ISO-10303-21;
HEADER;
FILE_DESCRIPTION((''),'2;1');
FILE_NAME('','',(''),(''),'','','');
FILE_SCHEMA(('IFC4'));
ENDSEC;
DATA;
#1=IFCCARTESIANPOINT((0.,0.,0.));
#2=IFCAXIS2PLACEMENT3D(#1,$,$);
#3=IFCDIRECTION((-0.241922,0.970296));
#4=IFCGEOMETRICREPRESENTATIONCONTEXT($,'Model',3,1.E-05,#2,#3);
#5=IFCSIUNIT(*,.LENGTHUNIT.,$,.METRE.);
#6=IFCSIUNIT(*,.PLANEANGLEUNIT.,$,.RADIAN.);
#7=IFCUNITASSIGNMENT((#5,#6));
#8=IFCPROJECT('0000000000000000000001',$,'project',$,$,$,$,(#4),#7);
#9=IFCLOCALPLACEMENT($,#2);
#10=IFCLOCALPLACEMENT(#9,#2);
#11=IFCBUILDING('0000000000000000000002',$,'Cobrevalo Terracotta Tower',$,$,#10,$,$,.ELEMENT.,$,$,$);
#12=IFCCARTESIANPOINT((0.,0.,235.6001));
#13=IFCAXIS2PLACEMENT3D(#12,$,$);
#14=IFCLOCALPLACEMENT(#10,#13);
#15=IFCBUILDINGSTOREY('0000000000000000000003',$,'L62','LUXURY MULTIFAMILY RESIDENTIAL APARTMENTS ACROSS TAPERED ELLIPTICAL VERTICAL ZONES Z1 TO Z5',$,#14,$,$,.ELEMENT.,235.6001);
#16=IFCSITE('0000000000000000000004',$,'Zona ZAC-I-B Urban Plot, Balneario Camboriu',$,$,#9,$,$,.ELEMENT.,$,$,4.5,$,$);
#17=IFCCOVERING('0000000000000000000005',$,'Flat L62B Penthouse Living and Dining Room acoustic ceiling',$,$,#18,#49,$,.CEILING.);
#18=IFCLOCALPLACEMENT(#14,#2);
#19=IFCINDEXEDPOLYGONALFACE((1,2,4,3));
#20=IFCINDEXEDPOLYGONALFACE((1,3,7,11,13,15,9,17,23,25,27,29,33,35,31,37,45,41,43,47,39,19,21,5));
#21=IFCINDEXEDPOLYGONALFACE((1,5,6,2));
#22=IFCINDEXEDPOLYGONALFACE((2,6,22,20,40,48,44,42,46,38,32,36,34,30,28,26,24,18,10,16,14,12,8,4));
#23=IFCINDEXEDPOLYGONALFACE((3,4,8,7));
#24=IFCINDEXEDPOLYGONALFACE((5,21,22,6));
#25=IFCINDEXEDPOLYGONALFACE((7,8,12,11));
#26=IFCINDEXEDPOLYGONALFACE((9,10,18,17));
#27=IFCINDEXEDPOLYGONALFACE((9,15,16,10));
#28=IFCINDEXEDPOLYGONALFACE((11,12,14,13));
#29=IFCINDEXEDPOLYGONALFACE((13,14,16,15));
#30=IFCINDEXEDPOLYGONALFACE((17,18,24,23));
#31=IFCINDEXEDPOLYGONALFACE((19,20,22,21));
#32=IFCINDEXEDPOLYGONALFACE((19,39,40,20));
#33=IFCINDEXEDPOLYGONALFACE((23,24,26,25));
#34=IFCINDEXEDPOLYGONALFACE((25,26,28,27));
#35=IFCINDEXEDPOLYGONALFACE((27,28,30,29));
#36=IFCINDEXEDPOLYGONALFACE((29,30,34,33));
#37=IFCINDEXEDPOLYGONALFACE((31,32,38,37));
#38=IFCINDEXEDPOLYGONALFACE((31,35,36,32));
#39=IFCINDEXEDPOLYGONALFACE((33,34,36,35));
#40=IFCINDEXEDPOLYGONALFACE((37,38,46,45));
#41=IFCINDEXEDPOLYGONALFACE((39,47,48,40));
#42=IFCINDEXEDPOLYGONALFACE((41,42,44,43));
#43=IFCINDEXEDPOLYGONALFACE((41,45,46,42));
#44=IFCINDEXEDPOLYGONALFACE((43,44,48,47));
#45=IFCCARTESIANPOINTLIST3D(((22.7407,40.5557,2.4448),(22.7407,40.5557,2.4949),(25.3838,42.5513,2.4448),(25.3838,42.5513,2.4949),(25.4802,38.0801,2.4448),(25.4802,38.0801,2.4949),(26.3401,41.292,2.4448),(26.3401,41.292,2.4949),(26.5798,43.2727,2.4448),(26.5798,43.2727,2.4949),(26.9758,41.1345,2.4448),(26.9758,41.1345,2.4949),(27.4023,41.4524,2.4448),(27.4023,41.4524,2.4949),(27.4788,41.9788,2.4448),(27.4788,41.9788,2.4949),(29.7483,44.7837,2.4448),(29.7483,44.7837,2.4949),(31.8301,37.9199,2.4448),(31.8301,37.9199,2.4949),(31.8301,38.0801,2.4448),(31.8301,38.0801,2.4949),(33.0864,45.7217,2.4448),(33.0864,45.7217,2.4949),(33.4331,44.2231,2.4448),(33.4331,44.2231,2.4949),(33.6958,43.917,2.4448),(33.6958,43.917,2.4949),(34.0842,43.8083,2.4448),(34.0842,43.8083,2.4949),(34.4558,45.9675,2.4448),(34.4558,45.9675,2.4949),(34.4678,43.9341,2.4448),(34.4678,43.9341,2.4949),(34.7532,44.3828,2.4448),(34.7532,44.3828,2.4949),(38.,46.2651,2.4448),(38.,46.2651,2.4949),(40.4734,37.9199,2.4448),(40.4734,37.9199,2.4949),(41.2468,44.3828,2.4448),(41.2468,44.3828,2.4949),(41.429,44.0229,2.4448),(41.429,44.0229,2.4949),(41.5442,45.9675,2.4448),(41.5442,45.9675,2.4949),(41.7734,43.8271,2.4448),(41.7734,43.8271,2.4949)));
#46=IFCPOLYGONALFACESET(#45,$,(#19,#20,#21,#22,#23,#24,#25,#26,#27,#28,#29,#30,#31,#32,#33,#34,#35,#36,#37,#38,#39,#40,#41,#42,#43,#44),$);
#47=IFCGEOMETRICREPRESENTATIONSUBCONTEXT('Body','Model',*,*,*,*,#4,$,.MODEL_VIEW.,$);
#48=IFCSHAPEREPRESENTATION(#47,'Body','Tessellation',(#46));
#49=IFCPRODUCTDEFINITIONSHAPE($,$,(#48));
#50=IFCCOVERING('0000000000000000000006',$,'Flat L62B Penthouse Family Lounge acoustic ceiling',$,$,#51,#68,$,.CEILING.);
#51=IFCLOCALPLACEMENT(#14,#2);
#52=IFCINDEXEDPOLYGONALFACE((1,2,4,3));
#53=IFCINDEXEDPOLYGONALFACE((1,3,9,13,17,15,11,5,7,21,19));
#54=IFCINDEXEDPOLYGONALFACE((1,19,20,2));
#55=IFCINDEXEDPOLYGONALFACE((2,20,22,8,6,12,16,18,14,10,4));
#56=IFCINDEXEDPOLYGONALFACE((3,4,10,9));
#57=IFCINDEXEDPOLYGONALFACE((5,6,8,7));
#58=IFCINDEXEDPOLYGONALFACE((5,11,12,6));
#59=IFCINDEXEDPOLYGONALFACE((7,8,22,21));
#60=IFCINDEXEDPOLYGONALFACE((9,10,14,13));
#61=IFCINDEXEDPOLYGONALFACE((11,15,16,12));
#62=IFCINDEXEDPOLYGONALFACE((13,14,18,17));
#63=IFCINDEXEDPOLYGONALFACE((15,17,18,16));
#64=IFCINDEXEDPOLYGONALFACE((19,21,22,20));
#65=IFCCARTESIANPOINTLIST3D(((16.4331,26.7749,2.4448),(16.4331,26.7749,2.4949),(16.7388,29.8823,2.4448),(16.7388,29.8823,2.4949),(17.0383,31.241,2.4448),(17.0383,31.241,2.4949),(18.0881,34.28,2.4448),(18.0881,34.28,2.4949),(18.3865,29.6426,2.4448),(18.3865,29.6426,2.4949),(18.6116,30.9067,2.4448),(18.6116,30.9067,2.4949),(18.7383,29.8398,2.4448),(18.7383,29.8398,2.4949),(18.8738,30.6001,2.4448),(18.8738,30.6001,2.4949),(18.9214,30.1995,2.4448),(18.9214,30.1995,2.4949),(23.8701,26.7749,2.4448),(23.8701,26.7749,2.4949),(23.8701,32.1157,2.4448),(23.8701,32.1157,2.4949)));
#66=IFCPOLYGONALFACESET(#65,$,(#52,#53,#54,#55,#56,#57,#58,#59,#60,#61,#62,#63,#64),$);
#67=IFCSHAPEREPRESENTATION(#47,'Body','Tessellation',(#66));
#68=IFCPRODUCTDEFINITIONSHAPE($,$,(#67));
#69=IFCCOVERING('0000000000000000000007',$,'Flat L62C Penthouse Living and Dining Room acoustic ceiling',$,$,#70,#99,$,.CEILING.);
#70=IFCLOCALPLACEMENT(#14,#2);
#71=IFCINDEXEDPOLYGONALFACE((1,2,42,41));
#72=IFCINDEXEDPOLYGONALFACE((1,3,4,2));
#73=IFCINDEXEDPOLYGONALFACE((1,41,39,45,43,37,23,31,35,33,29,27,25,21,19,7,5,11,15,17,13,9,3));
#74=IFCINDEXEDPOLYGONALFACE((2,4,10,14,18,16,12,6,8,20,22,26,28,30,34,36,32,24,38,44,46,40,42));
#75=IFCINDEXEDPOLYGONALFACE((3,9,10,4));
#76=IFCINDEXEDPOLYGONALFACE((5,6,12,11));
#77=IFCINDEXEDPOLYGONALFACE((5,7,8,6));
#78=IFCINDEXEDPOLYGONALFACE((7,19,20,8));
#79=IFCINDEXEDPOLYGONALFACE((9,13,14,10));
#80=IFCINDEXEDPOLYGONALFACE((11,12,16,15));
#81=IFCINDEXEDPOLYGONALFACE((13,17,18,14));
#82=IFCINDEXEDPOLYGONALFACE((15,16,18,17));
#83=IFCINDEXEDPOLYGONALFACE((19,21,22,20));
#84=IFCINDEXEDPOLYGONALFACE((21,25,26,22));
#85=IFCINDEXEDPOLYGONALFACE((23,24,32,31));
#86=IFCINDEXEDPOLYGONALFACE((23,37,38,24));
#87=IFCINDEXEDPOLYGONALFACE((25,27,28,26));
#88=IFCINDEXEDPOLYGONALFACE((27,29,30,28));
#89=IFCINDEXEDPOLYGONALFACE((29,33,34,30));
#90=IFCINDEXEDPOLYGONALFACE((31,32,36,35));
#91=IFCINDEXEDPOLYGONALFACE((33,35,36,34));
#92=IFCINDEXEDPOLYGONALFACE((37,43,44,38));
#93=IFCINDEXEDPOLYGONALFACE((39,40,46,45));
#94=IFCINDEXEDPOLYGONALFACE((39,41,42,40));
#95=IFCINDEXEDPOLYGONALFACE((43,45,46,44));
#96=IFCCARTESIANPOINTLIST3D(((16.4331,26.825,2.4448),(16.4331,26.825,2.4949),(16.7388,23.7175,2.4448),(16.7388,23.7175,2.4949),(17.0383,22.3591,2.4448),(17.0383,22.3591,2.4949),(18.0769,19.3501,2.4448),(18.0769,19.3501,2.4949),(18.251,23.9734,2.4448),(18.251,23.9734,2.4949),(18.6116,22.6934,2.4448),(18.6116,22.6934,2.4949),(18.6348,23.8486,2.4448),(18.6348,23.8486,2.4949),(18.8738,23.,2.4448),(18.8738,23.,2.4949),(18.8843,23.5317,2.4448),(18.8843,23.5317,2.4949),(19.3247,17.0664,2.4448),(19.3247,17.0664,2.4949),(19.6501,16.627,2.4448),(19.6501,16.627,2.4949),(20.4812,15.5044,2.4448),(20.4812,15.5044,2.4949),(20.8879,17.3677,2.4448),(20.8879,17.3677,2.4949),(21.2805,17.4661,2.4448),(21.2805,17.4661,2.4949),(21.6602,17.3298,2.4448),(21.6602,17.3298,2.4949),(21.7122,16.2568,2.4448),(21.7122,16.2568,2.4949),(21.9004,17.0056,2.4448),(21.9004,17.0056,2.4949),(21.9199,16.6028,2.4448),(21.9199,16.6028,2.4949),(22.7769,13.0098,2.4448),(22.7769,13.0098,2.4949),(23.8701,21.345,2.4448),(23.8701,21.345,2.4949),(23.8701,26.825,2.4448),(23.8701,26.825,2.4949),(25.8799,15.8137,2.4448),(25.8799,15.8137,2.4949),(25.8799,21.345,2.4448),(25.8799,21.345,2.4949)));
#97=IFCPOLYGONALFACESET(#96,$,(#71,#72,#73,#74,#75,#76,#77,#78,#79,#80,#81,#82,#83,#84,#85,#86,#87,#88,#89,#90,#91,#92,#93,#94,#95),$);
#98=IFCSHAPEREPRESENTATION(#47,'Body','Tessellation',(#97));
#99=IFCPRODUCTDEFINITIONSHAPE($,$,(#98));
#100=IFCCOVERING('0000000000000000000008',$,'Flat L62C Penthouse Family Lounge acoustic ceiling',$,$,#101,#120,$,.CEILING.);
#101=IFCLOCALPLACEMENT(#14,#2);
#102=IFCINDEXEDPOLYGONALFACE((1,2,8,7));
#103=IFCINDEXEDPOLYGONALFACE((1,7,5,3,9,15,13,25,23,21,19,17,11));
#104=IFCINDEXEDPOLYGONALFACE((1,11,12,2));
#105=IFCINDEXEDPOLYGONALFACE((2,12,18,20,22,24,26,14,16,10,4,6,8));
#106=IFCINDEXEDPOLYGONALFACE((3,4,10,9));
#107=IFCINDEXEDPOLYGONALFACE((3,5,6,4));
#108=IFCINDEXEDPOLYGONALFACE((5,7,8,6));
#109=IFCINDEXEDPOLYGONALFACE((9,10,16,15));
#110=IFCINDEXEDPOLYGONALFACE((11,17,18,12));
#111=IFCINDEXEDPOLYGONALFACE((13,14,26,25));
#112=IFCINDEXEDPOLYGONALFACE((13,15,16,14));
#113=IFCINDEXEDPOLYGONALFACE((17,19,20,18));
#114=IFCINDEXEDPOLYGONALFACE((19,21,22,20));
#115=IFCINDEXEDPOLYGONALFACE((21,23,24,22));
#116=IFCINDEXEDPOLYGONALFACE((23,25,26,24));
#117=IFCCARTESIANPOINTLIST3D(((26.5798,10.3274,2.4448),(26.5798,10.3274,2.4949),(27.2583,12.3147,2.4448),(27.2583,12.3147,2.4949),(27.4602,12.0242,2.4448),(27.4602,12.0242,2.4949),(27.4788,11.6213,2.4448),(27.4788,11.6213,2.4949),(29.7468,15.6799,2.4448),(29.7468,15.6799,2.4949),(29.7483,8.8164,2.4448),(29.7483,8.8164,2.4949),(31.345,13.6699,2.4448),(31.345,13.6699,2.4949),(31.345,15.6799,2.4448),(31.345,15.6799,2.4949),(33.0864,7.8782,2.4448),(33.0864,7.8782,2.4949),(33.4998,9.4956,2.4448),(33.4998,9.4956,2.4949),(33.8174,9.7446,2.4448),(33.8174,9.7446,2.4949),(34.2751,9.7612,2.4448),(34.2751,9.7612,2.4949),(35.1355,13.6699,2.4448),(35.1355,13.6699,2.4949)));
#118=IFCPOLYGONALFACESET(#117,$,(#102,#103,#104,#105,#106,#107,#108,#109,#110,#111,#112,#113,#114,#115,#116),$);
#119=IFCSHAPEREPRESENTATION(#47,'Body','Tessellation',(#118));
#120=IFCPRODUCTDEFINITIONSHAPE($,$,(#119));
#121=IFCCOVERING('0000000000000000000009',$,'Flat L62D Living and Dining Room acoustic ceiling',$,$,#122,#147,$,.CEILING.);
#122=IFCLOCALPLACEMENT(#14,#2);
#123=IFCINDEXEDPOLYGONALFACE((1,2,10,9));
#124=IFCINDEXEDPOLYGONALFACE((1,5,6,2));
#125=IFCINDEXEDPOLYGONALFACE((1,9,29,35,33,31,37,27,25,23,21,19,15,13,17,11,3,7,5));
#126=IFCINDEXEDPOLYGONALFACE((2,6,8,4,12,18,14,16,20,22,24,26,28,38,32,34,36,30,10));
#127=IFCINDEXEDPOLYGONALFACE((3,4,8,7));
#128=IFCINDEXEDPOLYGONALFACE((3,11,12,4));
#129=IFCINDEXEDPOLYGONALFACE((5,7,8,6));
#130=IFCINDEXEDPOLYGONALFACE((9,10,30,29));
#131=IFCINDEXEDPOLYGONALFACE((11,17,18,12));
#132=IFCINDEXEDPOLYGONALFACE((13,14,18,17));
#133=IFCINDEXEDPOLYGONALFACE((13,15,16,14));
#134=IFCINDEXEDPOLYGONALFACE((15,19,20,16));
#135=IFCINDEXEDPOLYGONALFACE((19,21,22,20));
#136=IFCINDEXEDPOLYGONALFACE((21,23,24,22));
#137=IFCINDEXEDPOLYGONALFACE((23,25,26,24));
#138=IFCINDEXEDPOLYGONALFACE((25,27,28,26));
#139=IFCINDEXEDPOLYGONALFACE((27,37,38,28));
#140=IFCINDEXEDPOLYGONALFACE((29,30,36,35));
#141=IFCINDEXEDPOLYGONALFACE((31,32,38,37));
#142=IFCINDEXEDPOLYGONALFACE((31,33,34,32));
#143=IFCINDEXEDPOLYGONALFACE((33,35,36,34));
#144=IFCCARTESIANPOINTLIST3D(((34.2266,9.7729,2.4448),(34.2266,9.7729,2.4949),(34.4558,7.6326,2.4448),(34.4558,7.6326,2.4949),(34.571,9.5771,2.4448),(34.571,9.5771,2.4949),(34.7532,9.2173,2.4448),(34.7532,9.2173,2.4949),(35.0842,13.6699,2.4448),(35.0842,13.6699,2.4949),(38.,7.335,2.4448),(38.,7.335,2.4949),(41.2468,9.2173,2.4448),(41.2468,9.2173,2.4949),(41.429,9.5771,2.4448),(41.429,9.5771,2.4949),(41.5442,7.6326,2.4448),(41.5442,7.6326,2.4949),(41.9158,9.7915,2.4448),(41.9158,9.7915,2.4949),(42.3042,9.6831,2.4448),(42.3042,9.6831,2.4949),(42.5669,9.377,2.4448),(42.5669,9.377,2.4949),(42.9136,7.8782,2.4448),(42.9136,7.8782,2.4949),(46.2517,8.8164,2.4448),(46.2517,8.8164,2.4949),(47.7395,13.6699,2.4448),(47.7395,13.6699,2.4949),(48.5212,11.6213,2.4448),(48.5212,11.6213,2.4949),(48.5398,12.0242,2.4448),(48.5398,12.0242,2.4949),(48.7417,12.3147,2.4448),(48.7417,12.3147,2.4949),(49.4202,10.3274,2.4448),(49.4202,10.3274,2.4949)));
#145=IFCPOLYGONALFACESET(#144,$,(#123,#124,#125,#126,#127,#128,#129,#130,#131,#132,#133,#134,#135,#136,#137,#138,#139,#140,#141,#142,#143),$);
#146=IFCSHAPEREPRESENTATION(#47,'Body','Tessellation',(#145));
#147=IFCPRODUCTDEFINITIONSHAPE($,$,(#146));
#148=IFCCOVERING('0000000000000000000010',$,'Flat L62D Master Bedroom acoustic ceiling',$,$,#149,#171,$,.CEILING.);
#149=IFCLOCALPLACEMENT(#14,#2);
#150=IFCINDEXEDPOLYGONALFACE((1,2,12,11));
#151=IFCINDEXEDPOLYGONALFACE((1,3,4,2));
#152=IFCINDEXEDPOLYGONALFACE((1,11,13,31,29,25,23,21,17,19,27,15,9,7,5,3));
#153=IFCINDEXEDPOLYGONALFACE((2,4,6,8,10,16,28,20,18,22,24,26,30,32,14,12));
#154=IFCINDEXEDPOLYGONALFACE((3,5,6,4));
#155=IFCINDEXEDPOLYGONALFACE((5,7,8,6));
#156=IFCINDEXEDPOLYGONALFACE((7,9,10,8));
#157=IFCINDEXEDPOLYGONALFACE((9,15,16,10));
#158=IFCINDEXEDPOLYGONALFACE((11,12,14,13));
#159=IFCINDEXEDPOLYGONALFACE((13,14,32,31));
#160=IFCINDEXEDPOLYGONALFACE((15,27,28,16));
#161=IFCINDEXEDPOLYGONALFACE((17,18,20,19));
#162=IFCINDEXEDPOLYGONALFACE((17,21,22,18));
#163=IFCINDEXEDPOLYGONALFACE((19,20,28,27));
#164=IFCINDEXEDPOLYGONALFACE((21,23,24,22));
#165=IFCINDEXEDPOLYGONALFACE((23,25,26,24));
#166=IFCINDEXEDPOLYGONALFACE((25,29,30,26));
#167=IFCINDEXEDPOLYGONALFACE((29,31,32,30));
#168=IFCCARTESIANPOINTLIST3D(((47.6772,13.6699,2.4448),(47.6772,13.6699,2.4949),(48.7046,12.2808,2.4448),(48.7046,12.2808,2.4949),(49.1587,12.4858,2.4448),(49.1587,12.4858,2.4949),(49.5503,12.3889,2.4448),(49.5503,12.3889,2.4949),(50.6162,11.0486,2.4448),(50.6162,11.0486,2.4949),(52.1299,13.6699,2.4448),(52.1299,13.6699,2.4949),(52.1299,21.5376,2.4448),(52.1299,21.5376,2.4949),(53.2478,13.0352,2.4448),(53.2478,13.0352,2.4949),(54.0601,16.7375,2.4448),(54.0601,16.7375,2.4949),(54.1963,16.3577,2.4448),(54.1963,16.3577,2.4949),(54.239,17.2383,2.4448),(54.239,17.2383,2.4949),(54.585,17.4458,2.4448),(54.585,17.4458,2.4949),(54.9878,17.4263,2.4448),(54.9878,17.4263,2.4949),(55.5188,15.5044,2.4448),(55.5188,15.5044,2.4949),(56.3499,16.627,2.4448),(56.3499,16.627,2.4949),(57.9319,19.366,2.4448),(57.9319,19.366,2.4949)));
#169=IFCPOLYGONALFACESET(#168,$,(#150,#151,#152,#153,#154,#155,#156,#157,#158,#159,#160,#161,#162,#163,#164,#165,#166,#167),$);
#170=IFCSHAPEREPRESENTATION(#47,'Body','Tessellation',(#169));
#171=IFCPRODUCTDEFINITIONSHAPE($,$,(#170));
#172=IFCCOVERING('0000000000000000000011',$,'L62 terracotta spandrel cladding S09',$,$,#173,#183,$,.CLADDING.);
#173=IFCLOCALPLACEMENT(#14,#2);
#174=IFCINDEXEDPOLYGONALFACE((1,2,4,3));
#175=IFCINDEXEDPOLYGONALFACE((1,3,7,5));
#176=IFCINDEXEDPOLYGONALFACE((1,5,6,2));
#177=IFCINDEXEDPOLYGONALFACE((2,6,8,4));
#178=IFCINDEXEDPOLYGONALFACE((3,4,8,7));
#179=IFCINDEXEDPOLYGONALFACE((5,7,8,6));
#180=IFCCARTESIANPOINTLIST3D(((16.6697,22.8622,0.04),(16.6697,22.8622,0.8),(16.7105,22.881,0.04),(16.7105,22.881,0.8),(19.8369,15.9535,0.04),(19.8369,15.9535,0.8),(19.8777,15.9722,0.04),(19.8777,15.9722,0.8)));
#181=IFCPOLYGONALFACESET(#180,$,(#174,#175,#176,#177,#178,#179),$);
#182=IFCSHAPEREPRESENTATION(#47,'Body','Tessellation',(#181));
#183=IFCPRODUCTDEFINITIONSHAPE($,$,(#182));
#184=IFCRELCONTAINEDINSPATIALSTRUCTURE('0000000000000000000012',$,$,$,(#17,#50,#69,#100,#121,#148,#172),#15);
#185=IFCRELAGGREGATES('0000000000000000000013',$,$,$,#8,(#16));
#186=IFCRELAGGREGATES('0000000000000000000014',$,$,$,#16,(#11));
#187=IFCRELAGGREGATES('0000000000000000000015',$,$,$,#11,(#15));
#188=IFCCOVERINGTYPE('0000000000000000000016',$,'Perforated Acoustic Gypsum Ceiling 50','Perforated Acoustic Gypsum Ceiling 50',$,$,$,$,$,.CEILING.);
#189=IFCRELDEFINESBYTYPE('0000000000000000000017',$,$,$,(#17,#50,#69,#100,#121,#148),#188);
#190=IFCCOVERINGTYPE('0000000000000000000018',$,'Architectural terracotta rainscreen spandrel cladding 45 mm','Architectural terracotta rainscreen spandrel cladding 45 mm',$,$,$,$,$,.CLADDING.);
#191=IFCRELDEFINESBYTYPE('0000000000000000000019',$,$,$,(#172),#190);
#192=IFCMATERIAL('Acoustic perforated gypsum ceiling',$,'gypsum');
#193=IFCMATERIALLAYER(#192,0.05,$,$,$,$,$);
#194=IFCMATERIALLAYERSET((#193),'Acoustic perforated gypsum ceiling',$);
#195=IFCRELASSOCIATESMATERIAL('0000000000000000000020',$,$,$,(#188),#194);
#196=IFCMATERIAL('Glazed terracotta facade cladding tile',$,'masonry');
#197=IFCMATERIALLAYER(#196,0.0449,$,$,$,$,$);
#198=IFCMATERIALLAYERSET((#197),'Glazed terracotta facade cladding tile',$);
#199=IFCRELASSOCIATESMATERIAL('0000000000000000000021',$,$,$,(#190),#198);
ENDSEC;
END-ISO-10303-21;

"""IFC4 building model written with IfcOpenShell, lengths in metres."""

from ifc_helpers import new_model, si_unit, direction, frame, origin, origin_2d, place, context, subcontext, project, spatial, polyline, rectangle, outline, extrude, source, transform, mapped, material, layer, layer_set, type_object, element, save


model = new_model("IFC4")

# Units and contexts
model_context = context("Model", 3, precision=1e-05, world=origin(), true_north=direction((-0.241922, 0.970296)))
body_context = subcontext(model_context, "Body", "Model", "MODEL_VIEW")
ifc_project = project(units=[si_unit("LENGTHUNIT", "METRE"), si_unit("PLANEANGLEUNIT", "RADIAN")], contexts=[model_context])

# Site, building, storey
site_placement = place(None, origin())
site = spatial("IfcSite", under=ifc_project, at=site_placement, Name="Zona ZAC-I-B Urban Plot, Balneario Camboriu", CompositionType="ELEMENT", RefElevation=4.5)
building_placement = place(site_placement, origin())
building = spatial("IfcBuilding", under=site, at=building_placement, Name="Cobrevalo Terracotta Tower", CompositionType="ELEMENT")
storey_placement = place(building_placement, frame((0.0, 0.0, 235.6001)))
storey = spatial("IfcBuildingStorey", under=building, at=storey_placement, Name="L62", Description="LUXURY MULTIFAMILY RESIDENTIAL APARTMENTS ACROSS TAPERED ELLIPTICAL VERTICAL ZONES Z1 TO Z5", CompositionType="ELEMENT", Elevation=235.6001)

# Coverings
ifc_material_1 = material(Name="Acoustic perforated gypsum ceiling", Category="gypsum")
ifc_layer_1 = layer(ifc_material_1, 0.05)
ifc_layer_set_1 = layer_set([ifc_layer_1], Name="Acoustic perforated gypsum ceiling")
covering_type_1 = type_object("IfcCoveringType", Name="Perforated Acoustic Gypsum Ceiling 50", Description="Perforated Acoustic Gypsum Ceiling 50", PredefinedType="CEILING", material=ifc_layer_set_1)
covering_1_placement = place(storey_placement, frame((0.0, 0.0, 2.4448)))
element("IfcCovering", 1, at=covering_1_placement, inside=storey, type_object=covering_type_1, Name="Flat L62B Penthouse Living and Dining Room acoustic ceiling", PredefinedType="CEILING", context=body_context, shape_type="SweptSolid", body=[
    extrude(outline(polyline([(25.3838, 42.5513), (26.3401, 41.292), (26.9758, 41.1345), (27.4023, 41.4524), (27.4788, 41.9788), (26.5798, 43.2727), (29.7483, 44.7837), (33.0864, 45.7217), (33.4331, 44.2231), (33.6958, 43.917), (34.0842, 43.8083), (34.4678, 43.9341), (34.7532, 44.3828), (34.4558, 45.9675), (38.0, 46.2651), (41.5442, 45.9675), (41.2468, 44.3828), (41.429, 44.0229), (41.7734, 43.8271), (40.4734, 37.9199), (31.8301, 37.9199), (31.8301, 38.0801), (25.4802, 38.0801), (22.7407, 40.5557), (25.3838, 42.5513)])), origin(), (0.0, 0.0, 1.0), 0.05),
])
covering_2_placement = place(storey_placement, frame((0.0, 0.0, 2.4448)))
element("IfcCovering", 2, at=covering_2_placement, inside=storey, type_object=covering_type_1, Name="Flat L62B Penthouse Family Lounge acoustic ceiling", PredefinedType="CEILING", context=body_context, shape_type="SweptSolid", body=[
    extrude(outline(polyline([(23.8701, 32.1157), (23.8701, 26.7749), (16.4331, 26.7749), (16.7388, 29.8823), (18.3865, 29.6426), (18.7383, 29.8398), (18.9214, 30.1995), (18.8738, 30.6001), (18.6116, 30.9067), (17.0383, 31.241), (18.0881, 34.28), (23.8701, 32.1157)])), origin(), (0.0, 0.0, 1.0), 0.05),
])
covering_3_placement = place(storey_placement, frame((0.0, 0.0, 2.4448)))
element("IfcCovering", 3, at=covering_3_placement, inside=storey, type_object=covering_type_1, Name="Flat L62C Penthouse Living and Dining Room acoustic ceiling", PredefinedType="CEILING", context=body_context, shape_type="SweptSolid", body=[
    extrude(outline(polyline([(22.7769, 13.0098), (20.4812, 15.5044), (21.7122, 16.2568), (21.9199, 16.6028), (21.9004, 17.0056), (21.6602, 17.3298), (21.2805, 17.4661), (20.8879, 17.3677), (19.6501, 16.627), (19.3247, 17.0664), (18.0769, 19.3501), (17.0383, 22.3591), (18.6116, 22.6934), (18.8738, 23.0), (18.8843, 23.5317), (18.6348, 23.8486), (18.251, 23.9734), (16.7388, 23.7175), (16.4331, 26.825), (23.8701, 26.825), (23.8701, 21.345), (25.8799, 21.345), (25.8799, 15.8137), (22.7769, 13.0098)])), origin(), (0.0, 0.0, 1.0), 0.05),
])
covering_4_placement = place(storey_placement, frame((0.0, 0.0, 2.4448)))
element("IfcCovering", 4, at=covering_4_placement, inside=storey, type_object=covering_type_1, Name="Flat L62C Penthouse Family Lounge acoustic ceiling", PredefinedType="CEILING", context=body_context, shape_type="SweptSolid", body=[
    extrude(outline(polyline([(26.5798, 10.3274), (27.4788, 11.6213), (27.4602, 12.0242), (27.2583, 12.3147), (29.7468, 15.6799), (31.345, 15.6799), (31.345, 13.6699), (35.1355, 13.6699), (34.2751, 9.7612), (33.8174, 9.7446), (33.4998, 9.4956), (33.0864, 7.8782), (29.7483, 8.8164), (26.5798, 10.3274)])), origin(), (0.0, 0.0, 1.0), 0.05),
])
covering_5_placement = place(storey_placement, frame((0.0, 0.0, 2.4448)))
element("IfcCovering", 5, at=covering_5_placement, inside=storey, type_object=covering_type_1, Name="Flat L62D Living and Dining Room acoustic ceiling", PredefinedType="CEILING", context=body_context, shape_type="SweptSolid", body=[
    extrude(outline(polyline([(46.2517, 8.8164), (42.9136, 7.8782), (42.5669, 9.377), (42.3042, 9.6831), (41.9158, 9.7915), (41.429, 9.5771), (41.2468, 9.2173), (41.5442, 7.6326), (38.0, 7.335), (34.4558, 7.6326), (34.7532, 9.2173), (34.571, 9.5771), (34.2266, 9.7729), (35.0842, 13.6699), (47.7395, 13.6699), (48.7417, 12.3147), (48.5398, 12.0242), (48.5212, 11.6213), (49.4202, 10.3274), (46.2517, 8.8164)])), origin(), (0.0, 0.0, 1.0), 0.05),
])
covering_6_placement = place(storey_placement, frame((0.0, 0.0, 2.4448)))
element("IfcCovering", 6, at=covering_6_placement, inside=storey, type_object=covering_type_1, Name="Flat L62D Master Bedroom acoustic ceiling", PredefinedType="CEILING", context=body_context, shape_type="SweptSolid", body=[
    extrude(outline(polyline([(53.2478, 13.0352), (50.6162, 11.0486), (49.5503, 12.3889), (49.1587, 12.4858), (48.7046, 12.2808), (47.6772, 13.6699), (52.1299, 13.6699), (52.1299, 21.5376), (57.9319, 19.366), (56.3499, 16.627), (54.9878, 17.4263), (54.585, 17.4458), (54.239, 17.2383), (54.0601, 16.7375), (54.1963, 16.3577), (55.5188, 15.5044), (53.2478, 13.0352)])), origin(), (0.0, 0.0, 1.0), 0.05),
])
ifc_material_2 = material(Name="Glazed terracotta facade cladding tile", Category="masonry")
ifc_layer_2 = layer(ifc_material_2, 0.0449)
ifc_layer_set_2 = layer_set([ifc_layer_2], Name="Glazed terracotta facade cladding tile")
covering_type_2 = type_object("IfcCoveringType", Name="Architectural terracotta rainscreen spandrel cladding 45 mm", Description="Architectural terracotta rainscreen spandrel cladding 45 mm", PredefinedType="CLADDING", material=ifc_layer_set_2)
shared_shape_1 = source(origin(), body_context, "Body", "SweptSolid", [
    extrude(rectangle(XDim=7.6001, YDim=0.0449, at=origin_2d()), origin(), (0.0, 0.0, 1.0), 0.76),
])
covering_7_placement = place(storey_placement, frame((18.2737, 19.4172, 0.04), z_axis=(0.0, 0.0, 1.0), x_axis=(0.416731, -0.90903, 0.0)))
element("IfcCovering", 7, at=covering_7_placement, inside=storey, type_object=covering_type_2, Name="L62 terracotta spandrel cladding S09", PredefinedType="CLADDING", context=body_context, shape_type="MappedRepresentation", body=[
    mapped(shared_shape_1, transform((0.0, 0.0, 0.0), scale=1.0)),
])

save(model, "model.ifc")
